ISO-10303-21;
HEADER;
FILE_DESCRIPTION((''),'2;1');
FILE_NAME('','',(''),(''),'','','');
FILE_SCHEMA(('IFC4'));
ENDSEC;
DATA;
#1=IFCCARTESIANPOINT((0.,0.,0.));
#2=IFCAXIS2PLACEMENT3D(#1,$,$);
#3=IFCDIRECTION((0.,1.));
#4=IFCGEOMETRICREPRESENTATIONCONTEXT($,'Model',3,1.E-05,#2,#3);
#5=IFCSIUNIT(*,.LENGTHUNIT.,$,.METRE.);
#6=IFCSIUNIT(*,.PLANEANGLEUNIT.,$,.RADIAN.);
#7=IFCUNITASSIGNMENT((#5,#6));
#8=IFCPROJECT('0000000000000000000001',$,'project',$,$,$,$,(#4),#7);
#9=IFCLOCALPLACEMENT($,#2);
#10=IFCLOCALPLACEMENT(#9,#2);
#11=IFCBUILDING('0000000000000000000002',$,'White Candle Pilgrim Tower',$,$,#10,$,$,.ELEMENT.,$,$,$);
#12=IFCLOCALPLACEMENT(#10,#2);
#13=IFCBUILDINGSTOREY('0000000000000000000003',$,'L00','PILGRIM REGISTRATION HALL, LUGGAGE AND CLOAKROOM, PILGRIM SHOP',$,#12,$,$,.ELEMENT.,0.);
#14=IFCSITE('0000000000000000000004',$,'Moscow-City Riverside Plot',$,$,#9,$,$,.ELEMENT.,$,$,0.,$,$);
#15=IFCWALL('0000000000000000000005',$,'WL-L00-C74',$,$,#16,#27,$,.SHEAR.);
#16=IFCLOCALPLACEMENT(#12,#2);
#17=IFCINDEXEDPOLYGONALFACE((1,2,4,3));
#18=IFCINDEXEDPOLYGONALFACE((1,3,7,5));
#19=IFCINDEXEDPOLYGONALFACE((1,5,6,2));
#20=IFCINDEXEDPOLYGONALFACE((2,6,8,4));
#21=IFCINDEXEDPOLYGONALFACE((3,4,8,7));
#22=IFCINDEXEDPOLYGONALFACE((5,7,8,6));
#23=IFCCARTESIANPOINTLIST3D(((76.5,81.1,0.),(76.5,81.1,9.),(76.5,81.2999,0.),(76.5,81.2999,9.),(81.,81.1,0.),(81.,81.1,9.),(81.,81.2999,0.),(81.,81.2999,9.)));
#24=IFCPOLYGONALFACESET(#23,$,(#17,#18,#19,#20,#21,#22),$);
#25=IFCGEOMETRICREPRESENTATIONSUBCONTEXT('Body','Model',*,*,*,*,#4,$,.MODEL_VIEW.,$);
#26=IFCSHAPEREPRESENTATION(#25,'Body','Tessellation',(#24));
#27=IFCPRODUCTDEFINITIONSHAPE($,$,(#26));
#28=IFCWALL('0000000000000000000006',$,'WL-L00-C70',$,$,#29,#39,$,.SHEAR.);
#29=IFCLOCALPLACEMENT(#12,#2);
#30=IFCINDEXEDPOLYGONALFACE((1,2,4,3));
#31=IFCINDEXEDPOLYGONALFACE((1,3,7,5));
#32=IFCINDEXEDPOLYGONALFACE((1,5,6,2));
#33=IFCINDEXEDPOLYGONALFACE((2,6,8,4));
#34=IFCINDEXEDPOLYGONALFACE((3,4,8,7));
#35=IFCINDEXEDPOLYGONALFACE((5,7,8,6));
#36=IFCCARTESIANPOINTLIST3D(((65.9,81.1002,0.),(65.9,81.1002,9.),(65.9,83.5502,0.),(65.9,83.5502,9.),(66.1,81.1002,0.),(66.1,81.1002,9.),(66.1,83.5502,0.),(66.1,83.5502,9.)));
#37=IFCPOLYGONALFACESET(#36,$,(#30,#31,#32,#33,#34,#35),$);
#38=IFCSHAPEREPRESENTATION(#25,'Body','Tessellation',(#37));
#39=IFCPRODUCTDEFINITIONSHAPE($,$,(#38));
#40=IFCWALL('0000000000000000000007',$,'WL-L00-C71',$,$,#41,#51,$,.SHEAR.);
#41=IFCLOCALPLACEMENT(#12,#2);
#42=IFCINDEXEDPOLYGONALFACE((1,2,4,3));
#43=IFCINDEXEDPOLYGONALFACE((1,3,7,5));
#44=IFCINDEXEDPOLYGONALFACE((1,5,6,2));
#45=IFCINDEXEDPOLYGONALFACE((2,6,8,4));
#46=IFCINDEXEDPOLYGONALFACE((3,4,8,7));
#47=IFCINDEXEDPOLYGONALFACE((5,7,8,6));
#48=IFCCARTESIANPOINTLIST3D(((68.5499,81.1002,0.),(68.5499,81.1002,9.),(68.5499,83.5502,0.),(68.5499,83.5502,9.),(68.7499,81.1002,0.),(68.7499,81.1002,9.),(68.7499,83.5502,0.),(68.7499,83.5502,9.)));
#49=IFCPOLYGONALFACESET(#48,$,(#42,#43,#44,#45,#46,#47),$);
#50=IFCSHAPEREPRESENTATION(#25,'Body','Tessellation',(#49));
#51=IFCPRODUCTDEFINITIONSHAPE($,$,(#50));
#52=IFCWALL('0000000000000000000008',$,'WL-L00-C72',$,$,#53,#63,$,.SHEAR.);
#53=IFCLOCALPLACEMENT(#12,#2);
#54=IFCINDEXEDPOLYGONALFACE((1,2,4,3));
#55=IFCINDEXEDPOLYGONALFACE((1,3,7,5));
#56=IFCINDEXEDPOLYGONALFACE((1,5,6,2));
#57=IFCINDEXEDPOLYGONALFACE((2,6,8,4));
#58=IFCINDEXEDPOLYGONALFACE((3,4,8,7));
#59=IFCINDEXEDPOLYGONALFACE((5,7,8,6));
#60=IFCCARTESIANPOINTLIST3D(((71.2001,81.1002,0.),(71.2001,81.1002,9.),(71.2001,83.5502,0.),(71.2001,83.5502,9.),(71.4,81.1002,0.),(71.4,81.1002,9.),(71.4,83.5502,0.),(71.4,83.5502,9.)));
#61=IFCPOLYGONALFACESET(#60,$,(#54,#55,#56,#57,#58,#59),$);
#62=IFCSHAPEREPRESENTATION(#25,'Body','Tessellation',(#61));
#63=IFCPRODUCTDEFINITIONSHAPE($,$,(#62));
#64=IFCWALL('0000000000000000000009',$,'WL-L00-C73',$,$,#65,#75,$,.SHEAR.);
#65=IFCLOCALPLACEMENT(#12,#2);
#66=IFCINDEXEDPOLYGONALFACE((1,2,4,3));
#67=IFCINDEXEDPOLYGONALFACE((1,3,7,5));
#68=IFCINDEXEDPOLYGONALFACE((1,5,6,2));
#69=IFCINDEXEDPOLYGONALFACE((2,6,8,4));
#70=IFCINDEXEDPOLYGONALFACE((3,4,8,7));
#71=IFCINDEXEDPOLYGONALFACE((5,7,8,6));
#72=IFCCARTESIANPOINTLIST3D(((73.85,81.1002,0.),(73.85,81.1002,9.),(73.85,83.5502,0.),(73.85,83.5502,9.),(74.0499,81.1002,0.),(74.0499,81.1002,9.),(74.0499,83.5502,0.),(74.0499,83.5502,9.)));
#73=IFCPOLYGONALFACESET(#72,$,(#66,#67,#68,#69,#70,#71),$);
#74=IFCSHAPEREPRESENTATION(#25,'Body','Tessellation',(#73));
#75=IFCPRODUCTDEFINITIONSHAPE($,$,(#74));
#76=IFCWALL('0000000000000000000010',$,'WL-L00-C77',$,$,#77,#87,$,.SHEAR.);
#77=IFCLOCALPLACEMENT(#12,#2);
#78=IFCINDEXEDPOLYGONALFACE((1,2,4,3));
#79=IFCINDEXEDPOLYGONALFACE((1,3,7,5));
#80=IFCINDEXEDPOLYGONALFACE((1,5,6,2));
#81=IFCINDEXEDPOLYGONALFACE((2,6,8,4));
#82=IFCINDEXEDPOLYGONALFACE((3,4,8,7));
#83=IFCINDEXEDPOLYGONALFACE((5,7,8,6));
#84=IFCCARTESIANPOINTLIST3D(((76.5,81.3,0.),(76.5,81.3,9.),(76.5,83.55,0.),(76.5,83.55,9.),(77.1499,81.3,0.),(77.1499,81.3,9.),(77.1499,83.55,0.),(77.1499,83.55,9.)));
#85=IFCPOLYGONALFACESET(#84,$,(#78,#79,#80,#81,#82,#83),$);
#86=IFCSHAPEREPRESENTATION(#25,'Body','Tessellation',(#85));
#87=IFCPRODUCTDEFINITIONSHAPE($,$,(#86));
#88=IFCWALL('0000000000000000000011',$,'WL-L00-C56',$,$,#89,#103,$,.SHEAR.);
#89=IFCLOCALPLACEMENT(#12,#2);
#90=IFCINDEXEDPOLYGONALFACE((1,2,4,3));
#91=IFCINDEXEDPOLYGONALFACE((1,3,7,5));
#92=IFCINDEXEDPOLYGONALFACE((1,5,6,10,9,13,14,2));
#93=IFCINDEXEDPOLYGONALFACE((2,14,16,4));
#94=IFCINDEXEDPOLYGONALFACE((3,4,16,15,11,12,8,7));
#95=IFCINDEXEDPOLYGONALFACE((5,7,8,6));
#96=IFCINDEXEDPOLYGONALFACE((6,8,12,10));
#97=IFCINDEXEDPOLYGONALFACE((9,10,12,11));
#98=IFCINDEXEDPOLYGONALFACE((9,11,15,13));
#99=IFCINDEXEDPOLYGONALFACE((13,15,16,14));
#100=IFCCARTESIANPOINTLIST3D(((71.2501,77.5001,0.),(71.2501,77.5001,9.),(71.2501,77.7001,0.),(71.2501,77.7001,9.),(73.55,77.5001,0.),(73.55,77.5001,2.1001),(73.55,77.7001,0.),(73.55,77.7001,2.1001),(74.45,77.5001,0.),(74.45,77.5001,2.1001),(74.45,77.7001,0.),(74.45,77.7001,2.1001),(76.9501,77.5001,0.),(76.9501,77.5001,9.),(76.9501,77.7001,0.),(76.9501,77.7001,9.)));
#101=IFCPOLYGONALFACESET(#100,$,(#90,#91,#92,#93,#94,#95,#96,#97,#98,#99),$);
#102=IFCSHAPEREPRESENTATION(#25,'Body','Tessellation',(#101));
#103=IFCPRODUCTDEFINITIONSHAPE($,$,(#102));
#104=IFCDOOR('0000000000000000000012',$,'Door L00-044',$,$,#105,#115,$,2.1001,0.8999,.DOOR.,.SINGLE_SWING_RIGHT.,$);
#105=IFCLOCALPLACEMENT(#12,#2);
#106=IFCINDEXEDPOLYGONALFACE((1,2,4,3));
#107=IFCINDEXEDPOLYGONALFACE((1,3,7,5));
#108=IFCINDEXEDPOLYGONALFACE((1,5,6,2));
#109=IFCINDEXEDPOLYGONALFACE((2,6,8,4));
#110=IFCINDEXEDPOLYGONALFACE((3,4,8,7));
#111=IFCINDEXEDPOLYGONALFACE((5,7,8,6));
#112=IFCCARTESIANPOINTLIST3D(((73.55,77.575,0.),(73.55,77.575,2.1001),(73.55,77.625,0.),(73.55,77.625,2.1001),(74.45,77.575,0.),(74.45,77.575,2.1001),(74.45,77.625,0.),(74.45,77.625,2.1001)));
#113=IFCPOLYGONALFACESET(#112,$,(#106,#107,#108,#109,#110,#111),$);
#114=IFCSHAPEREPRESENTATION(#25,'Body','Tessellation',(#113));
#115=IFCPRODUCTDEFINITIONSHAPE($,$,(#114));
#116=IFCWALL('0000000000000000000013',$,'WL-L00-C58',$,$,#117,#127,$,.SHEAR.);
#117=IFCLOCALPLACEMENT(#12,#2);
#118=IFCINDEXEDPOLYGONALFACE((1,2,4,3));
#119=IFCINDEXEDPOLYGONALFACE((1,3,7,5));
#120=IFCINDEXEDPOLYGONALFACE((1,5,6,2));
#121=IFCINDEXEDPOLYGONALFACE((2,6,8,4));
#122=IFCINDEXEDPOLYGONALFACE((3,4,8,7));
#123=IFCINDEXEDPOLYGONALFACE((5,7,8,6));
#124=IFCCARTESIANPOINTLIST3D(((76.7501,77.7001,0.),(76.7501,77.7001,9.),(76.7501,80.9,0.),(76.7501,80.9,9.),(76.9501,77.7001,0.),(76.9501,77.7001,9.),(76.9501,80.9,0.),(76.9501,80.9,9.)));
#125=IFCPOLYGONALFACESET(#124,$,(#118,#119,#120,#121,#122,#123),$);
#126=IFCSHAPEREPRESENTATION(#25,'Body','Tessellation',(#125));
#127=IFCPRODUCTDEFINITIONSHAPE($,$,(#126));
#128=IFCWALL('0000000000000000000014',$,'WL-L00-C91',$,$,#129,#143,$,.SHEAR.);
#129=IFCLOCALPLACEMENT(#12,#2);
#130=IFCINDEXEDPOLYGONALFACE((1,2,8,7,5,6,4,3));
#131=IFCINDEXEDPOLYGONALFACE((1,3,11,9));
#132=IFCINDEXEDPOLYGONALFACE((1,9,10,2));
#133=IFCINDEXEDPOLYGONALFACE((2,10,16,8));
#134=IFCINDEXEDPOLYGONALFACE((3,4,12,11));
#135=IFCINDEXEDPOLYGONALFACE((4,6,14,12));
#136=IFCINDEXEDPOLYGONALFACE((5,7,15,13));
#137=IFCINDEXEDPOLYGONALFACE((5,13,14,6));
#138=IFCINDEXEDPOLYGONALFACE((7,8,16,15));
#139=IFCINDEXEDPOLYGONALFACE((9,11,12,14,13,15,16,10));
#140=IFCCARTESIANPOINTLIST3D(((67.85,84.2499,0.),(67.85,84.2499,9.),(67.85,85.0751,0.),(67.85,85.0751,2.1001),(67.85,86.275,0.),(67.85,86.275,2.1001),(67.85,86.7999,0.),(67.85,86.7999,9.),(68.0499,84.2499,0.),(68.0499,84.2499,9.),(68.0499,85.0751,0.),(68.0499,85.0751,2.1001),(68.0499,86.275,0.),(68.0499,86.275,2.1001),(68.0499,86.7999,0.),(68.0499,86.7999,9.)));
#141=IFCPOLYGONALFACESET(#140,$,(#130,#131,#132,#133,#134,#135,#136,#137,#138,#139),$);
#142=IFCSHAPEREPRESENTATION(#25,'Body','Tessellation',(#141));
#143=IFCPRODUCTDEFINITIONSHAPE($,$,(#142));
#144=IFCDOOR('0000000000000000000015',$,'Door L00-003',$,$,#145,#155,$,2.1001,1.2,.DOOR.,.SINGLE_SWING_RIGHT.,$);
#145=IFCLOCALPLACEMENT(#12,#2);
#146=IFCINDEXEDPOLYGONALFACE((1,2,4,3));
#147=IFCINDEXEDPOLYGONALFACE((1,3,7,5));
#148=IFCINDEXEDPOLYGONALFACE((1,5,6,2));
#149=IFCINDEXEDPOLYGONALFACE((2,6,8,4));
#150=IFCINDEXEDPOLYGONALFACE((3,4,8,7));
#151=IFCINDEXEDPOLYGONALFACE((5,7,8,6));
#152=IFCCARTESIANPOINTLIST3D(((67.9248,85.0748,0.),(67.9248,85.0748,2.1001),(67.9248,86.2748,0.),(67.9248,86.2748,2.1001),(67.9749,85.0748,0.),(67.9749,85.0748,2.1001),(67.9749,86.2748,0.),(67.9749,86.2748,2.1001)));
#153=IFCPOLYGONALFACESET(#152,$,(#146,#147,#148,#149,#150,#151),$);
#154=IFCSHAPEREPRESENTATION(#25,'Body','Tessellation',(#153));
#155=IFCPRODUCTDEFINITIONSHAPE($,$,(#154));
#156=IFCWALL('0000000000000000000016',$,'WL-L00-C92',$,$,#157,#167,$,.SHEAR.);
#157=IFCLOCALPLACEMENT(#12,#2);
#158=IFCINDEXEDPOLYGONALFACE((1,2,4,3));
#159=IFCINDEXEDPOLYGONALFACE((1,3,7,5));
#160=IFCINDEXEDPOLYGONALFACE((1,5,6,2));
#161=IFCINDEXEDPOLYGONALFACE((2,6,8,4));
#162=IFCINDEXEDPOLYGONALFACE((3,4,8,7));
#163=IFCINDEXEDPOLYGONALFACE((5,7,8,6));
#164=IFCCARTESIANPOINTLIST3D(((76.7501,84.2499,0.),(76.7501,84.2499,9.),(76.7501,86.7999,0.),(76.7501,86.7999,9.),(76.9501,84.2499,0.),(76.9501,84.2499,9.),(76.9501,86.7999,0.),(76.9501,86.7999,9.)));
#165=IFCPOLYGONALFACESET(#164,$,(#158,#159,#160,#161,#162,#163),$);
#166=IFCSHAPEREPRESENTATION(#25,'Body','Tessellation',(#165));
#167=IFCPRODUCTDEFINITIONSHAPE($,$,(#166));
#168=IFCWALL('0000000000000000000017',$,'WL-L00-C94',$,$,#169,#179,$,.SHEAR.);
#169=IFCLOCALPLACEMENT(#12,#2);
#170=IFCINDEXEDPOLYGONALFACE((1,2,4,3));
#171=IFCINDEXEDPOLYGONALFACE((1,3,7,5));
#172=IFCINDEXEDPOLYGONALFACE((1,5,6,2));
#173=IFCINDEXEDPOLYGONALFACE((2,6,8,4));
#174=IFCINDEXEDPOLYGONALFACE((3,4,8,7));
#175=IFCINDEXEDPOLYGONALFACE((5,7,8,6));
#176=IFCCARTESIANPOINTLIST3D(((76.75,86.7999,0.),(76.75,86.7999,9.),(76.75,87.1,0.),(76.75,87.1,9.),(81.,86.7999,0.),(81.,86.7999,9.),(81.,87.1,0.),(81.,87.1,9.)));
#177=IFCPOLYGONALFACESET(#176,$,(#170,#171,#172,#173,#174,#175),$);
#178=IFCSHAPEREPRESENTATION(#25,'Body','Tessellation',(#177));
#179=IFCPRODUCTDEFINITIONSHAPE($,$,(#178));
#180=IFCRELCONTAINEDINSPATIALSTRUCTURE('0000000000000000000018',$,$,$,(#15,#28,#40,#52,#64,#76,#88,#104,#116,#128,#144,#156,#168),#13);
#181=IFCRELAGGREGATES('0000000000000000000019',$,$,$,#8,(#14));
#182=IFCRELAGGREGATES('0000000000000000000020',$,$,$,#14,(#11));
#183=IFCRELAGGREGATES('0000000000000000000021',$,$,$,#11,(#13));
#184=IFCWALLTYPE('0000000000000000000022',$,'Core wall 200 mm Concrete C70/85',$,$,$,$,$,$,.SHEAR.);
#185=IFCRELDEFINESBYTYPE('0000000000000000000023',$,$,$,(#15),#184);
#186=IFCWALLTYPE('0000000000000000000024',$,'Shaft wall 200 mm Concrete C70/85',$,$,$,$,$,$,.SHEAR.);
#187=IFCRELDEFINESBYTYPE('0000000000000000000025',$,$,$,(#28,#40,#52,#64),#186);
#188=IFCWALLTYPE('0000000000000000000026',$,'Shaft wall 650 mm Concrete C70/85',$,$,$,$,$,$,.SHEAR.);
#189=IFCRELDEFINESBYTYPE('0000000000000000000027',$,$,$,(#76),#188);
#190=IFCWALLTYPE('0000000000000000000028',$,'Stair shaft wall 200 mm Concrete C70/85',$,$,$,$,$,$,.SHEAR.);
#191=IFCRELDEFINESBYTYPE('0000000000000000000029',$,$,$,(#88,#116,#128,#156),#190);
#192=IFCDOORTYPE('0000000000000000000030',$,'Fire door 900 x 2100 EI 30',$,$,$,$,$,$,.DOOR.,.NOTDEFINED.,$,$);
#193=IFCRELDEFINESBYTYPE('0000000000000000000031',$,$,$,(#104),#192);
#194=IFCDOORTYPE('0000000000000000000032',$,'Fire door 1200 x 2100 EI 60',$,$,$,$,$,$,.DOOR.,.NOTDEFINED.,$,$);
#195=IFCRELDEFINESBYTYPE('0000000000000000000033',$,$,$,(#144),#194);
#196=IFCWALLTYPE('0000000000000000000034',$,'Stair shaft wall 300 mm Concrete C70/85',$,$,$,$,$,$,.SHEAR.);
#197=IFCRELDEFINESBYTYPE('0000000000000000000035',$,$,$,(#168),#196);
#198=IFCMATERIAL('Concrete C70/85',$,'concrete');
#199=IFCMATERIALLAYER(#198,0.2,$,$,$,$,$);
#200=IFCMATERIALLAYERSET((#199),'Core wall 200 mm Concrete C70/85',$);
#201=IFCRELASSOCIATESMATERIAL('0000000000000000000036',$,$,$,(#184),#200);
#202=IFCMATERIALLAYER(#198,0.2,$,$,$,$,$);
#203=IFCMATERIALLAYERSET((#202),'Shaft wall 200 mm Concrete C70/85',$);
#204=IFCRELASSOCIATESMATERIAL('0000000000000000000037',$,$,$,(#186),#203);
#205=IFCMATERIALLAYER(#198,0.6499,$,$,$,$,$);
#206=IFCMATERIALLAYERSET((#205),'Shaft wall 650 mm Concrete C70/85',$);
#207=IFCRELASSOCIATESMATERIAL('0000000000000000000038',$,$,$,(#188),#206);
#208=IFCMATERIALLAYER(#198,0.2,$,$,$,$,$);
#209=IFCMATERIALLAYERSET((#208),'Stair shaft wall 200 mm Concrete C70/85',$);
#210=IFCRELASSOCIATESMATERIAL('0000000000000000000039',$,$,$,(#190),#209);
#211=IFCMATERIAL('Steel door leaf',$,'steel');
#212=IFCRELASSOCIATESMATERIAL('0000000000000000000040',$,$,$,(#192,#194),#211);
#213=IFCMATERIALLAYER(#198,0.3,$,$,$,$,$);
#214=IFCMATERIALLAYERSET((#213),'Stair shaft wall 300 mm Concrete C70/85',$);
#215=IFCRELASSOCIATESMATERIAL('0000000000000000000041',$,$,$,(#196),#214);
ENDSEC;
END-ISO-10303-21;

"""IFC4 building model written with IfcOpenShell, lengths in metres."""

from ifc_helpers import new_model, si_unit, direction, frame, frame_2d, origin, place, context, subcontext, project, spatial, rectangle, extrude, material, layer, layer_set, type_object, element, fill, save


model = new_model("IFC4")

# Units and contexts
model_context = context("Model", 3, precision=1e-05, world=origin(), true_north=direction((0.0, 1.0)))
body_context = subcontext(model_context, "Body", "Model", "MODEL_VIEW")
ifc_project = project(units=[si_unit("LENGTHUNIT", "METRE"), si_unit("PLANEANGLEUNIT", "RADIAN")], contexts=[model_context])

# Site, building, storey
site_placement = place(None, origin())
site = spatial("IfcSite", under=ifc_project, at=site_placement, Name="Moscow-City Riverside Plot", CompositionType="ELEMENT", RefElevation=0.0)
building_placement = place(site_placement, origin())
building = spatial("IfcBuilding", under=site, at=building_placement, Name="White Candle Pilgrim Tower", CompositionType="ELEMENT")
storey_placement = place(building_placement, origin())
storey = spatial("IfcBuildingStorey", under=building, at=storey_placement, Name="L00", Description="PILGRIM REGISTRATION HALL, LUGGAGE AND CLOAKROOM, PILGRIM SHOP", CompositionType="ELEMENT", Elevation=0.0)

# Walls
ifc_material_1 = material(Name="Concrete C70/85", Category="concrete")
ifc_layer_1 = layer(ifc_material_1, 0.2)
ifc_layer_set_1 = layer_set([ifc_layer_1], Name="Core wall 200 mm Concrete C70/85")
wall_type_1 = type_object("IfcWallType", Name="Core wall 200 mm Concrete C70/85", PredefinedType="SHEAR", material=ifc_layer_set_1)
wall_1_placement = place(storey_placement, frame((76.5, 81.2, 0.0), z_axis=(0.0, 0.0, 1.0), x_axis=(1.0, 0.0, 0.0)))
element("IfcWall", 1, at=wall_1_placement, inside=storey, type_object=wall_type_1, Name="WL-L00-C74", PredefinedType="SHEAR", context=body_context, shape_type="SweptSolid", body=[
    extrude(rectangle(XDim=4.5, YDim=0.2, at=frame_2d((2.25, 0.0))), origin(), (0.0, 0.0, 1.0), 9.0),
])
ifc_layer_2 = layer(ifc_material_1, 0.2)
ifc_layer_set_2 = layer_set([ifc_layer_2], Name="Shaft wall 200 mm Concrete C70/85")
wall_type_2 = type_object("IfcWallType", Name="Shaft wall 200 mm Concrete C70/85", PredefinedType="SHEAR", material=ifc_layer_set_2)
for number, where, z_axis, x_axis, name in (
    (2, (66.0, 81.1001, 0.0), (0.0, 0.0, 1.0), (0.0, 1.0, 0.0), "WL-L00-C70"),
    (3, (68.6499, 81.1001, 0.0), (0.0, 0.0, 1.0), (0.0, 1.0, 0.0), "WL-L00-C71"),
    (4, (71.3, 81.1001, 0.0), (0.0, 0.0, 1.0), (0.0, 1.0, 0.0), "WL-L00-C72"),
    (5, (73.95, 81.1001, 0.0), (0.0, 0.0, 1.0), (0.0, 1.0, 0.0), "WL-L00-C73"),
):
    element("IfcWall", number, at=place(storey_placement, frame(where, z_axis=z_axis, x_axis=x_axis)), inside=storey, type_object=wall_type_2, Name=name, PredefinedType="SHEAR", context=body_context, shape_type="SweptSolid", body=[
        extrude(rectangle(XDim=2.45, YDim=0.2, at=frame_2d((1.2251, 0.0))), origin(), (0.0, 0.0, 1.0), 9.0),
    ])
ifc_layer_3 = layer(ifc_material_1, 0.6499)
ifc_layer_set_3 = layer_set([ifc_layer_3], Name="Shaft wall 650 mm Concrete C70/85")
wall_type_3 = type_object("IfcWallType", Name="Shaft wall 650 mm Concrete C70/85", PredefinedType="SHEAR", material=ifc_layer_set_3)
wall_2_placement = place(storey_placement, frame((76.825, 81.3, 0.0), z_axis=(0.0, 0.0, 1.0), x_axis=(0.0, 1.0, 0.0)))
element("IfcWall", 6, at=wall_2_placement, inside=storey, type_object=wall_type_3, Name="WL-L00-C77", PredefinedType="SHEAR", context=body_context, shape_type="SweptSolid", body=[
    extrude(rectangle(XDim=2.25, YDim=0.6499, at=frame_2d((1.125, 0.0))), origin(), (0.0, 0.0, 1.0), 9.0),
])

# Wall, opening, door
ifc_layer_4 = layer(ifc_material_1, 0.2)
ifc_layer_set_4 = layer_set([ifc_layer_4], Name="Stair shaft wall 200 mm Concrete C70/85")
wall_type_4 = type_object("IfcWallType", Name="Stair shaft wall 200 mm Concrete C70/85", PredefinedType="SHEAR", material=ifc_layer_set_4)
wall_3_placement = place(storey_placement, frame((71.25, 77.6001, 0.0), z_axis=(0.0, 0.0, 1.0), x_axis=(1.0, 0.0, 0.0)))
wall_3 = element("IfcWall", 7, at=wall_3_placement, inside=storey, type_object=wall_type_4, Name="WL-L00-C56", PredefinedType="SHEAR", context=body_context, shape_type="SweptSolid", body=[
    extrude(rectangle(XDim=5.7, YDim=0.2, at=frame_2d((2.8501, 0.0))), origin(), (0.0, 0.0, 1.0), 9.0),
])
opening_1_placement = place(wall_3_placement, frame((2.3, 0.0, 0.0)))
opening_1 = element("IfcOpeningElement", 8, at=opening_1_placement, cuts=wall_3, PredefinedType="OPENING", context=body_context, shape_type="SweptSolid", body=[
    extrude(rectangle(XDim=0.8999, YDim=2.1001, at=frame_2d((0.45, 1.05))), frame((0.0, 0.1099, 0.0), z_axis=(0.0, -1.0, 0.0), x_axis=(1.0, 0.0, 0.0)), (0.0, 0.0, 1.0), 0.22),
])
ifc_material_2 = material(Name="Steel door leaf", Category="steel")
door_type_1 = type_object("IfcDoorType", Name="Fire door 900 x 2100 EI 30", OperationType="NOTDEFINED", PredefinedType="DOOR", material=ifc_material_2)
door_1_placement = place(opening_1_placement, origin())
door_1 = element("IfcDoor", 9, at=door_1_placement, inside=storey, type_object=door_type_1, Name="Door L00-044", OperationType="SINGLE_SWING_RIGHT", OverallHeight=2.1001, OverallWidth=0.8999, PredefinedType="DOOR", context=body_context, shape_type="SweptSolid", body=[
    extrude(rectangle(XDim=0.8999, YDim=2.1001, at=frame_2d((0.45, 1.05))), frame((0.0, 0.0249, 0.0), z_axis=(0.0, -1.0, 0.0), x_axis=(1.0, 0.0, 0.0)), (0.0, 0.0, 1.0), 0.05),
])
fill(opening_1, door_1)

# Wall
wall_4_placement = place(storey_placement, frame((76.8501, 77.7, 0.0), z_axis=(0.0, 0.0, 1.0), x_axis=(0.0, 1.0, 0.0)))
element("IfcWall", 10, at=wall_4_placement, inside=storey, type_object=wall_type_4, Name="WL-L00-C58", PredefinedType="SHEAR", context=body_context, shape_type="SweptSolid", body=[
    extrude(rectangle(XDim=3.2, YDim=0.2, at=frame_2d((1.6001, 0.0))), origin(), (0.0, 0.0, 1.0), 9.0),
])

# Wall, opening, door
wall_5_placement = place(storey_placement, frame((67.95, 84.25, 0.0), z_axis=(0.0, 0.0, 1.0), x_axis=(0.0, 1.0, 0.0)))
wall_5 = element("IfcWall", 11, at=wall_5_placement, inside=storey, type_object=wall_type_4, Name="WL-L00-C91", PredefinedType="SHEAR", context=body_context, shape_type="SweptSolid", body=[
    extrude(rectangle(XDim=2.55, YDim=0.2, at=frame_2d((1.2749, 0.0))), origin(), (0.0, 0.0, 1.0), 9.0),
])
opening_2_placement = place(wall_5_placement, frame((0.825, 0.0, 0.0)))
opening_2 = element("IfcOpeningElement", 12, at=opening_2_placement, cuts=wall_5, PredefinedType="OPENING", context=body_context, shape_type="SweptSolid", body=[
    extrude(rectangle(XDim=1.2, YDim=2.1001, at=frame_2d((0.6001, 1.05))), frame((0.0, 0.1099, 0.0), z_axis=(0.0, -1.0, 0.0), x_axis=(1.0, 0.0, 0.0)), (0.0, 0.0, 1.0), 0.22),
])
door_type_2 = type_object("IfcDoorType", Name="Fire door 1200 x 2100 EI 60", OperationType="NOTDEFINED", PredefinedType="DOOR", material=ifc_material_2)
door_2_placement = place(opening_2_placement, frame((1.2, 0.0, 0.0), z_axis=(0.0, 0.0, 1.0), x_axis=(-1.0, 0.0, 0.0)))
door_2 = element("IfcDoor", 13, at=door_2_placement, inside=storey, type_object=door_type_2, Name="Door L00-003", OperationType="SINGLE_SWING_RIGHT", OverallHeight=2.1001, OverallWidth=1.2, PredefinedType="DOOR", context=body_context, shape_type="SweptSolid", body=[
    extrude(rectangle(XDim=1.2, YDim=2.1001, at=frame_2d((0.6001, 1.05))), frame((0.0, 0.0249, 0.0), z_axis=(0.0, -1.0, 0.0), x_axis=(1.0, 0.0, 0.0)), (0.0, 0.0, 1.0), 0.05),
])
fill(opening_2, door_2)

# Walls
wall_6_placement = place(storey_placement, frame((76.8501, 84.25, 0.0), z_axis=(0.0, 0.0, 1.0), x_axis=(0.0, 1.0, 0.0)))
element("IfcWall", 14, at=wall_6_placement, inside=storey, type_object=wall_type_4, Name="WL-L00-C92", PredefinedType="SHEAR", context=body_context, shape_type="SweptSolid", body=[
    extrude(rectangle(XDim=2.55, YDim=0.2, at=frame_2d((1.2749, 0.0))), origin(), (0.0, 0.0, 1.0), 9.0),
])
ifc_layer_5 = layer(ifc_material_1, 0.3)
ifc_layer_set_5 = layer_set([ifc_layer_5], Name="Stair shaft wall 300 mm Concrete C70/85")
wall_type_5 = type_object("IfcWallType", Name="Stair shaft wall 300 mm Concrete C70/85", PredefinedType="SHEAR", material=ifc_layer_set_5)
wall_7_placement = place(storey_placement, frame((76.75, 86.95, 0.0), z_axis=(0.0, 0.0, 1.0), x_axis=(1.0, 0.0, 0.0)))
element("IfcWall", 15, at=wall_7_placement, inside=storey, type_object=wall_type_5, Name="WL-L00-C94", PredefinedType="SHEAR", context=body_context, shape_type="SweptSolid", body=[
    extrude(rectangle(XDim=4.25, YDim=0.3, at=frame_2d((2.125, 0.0))), origin(), (0.0, 0.0, 1.0), 9.0),
])

save(model, "model.ifc")
